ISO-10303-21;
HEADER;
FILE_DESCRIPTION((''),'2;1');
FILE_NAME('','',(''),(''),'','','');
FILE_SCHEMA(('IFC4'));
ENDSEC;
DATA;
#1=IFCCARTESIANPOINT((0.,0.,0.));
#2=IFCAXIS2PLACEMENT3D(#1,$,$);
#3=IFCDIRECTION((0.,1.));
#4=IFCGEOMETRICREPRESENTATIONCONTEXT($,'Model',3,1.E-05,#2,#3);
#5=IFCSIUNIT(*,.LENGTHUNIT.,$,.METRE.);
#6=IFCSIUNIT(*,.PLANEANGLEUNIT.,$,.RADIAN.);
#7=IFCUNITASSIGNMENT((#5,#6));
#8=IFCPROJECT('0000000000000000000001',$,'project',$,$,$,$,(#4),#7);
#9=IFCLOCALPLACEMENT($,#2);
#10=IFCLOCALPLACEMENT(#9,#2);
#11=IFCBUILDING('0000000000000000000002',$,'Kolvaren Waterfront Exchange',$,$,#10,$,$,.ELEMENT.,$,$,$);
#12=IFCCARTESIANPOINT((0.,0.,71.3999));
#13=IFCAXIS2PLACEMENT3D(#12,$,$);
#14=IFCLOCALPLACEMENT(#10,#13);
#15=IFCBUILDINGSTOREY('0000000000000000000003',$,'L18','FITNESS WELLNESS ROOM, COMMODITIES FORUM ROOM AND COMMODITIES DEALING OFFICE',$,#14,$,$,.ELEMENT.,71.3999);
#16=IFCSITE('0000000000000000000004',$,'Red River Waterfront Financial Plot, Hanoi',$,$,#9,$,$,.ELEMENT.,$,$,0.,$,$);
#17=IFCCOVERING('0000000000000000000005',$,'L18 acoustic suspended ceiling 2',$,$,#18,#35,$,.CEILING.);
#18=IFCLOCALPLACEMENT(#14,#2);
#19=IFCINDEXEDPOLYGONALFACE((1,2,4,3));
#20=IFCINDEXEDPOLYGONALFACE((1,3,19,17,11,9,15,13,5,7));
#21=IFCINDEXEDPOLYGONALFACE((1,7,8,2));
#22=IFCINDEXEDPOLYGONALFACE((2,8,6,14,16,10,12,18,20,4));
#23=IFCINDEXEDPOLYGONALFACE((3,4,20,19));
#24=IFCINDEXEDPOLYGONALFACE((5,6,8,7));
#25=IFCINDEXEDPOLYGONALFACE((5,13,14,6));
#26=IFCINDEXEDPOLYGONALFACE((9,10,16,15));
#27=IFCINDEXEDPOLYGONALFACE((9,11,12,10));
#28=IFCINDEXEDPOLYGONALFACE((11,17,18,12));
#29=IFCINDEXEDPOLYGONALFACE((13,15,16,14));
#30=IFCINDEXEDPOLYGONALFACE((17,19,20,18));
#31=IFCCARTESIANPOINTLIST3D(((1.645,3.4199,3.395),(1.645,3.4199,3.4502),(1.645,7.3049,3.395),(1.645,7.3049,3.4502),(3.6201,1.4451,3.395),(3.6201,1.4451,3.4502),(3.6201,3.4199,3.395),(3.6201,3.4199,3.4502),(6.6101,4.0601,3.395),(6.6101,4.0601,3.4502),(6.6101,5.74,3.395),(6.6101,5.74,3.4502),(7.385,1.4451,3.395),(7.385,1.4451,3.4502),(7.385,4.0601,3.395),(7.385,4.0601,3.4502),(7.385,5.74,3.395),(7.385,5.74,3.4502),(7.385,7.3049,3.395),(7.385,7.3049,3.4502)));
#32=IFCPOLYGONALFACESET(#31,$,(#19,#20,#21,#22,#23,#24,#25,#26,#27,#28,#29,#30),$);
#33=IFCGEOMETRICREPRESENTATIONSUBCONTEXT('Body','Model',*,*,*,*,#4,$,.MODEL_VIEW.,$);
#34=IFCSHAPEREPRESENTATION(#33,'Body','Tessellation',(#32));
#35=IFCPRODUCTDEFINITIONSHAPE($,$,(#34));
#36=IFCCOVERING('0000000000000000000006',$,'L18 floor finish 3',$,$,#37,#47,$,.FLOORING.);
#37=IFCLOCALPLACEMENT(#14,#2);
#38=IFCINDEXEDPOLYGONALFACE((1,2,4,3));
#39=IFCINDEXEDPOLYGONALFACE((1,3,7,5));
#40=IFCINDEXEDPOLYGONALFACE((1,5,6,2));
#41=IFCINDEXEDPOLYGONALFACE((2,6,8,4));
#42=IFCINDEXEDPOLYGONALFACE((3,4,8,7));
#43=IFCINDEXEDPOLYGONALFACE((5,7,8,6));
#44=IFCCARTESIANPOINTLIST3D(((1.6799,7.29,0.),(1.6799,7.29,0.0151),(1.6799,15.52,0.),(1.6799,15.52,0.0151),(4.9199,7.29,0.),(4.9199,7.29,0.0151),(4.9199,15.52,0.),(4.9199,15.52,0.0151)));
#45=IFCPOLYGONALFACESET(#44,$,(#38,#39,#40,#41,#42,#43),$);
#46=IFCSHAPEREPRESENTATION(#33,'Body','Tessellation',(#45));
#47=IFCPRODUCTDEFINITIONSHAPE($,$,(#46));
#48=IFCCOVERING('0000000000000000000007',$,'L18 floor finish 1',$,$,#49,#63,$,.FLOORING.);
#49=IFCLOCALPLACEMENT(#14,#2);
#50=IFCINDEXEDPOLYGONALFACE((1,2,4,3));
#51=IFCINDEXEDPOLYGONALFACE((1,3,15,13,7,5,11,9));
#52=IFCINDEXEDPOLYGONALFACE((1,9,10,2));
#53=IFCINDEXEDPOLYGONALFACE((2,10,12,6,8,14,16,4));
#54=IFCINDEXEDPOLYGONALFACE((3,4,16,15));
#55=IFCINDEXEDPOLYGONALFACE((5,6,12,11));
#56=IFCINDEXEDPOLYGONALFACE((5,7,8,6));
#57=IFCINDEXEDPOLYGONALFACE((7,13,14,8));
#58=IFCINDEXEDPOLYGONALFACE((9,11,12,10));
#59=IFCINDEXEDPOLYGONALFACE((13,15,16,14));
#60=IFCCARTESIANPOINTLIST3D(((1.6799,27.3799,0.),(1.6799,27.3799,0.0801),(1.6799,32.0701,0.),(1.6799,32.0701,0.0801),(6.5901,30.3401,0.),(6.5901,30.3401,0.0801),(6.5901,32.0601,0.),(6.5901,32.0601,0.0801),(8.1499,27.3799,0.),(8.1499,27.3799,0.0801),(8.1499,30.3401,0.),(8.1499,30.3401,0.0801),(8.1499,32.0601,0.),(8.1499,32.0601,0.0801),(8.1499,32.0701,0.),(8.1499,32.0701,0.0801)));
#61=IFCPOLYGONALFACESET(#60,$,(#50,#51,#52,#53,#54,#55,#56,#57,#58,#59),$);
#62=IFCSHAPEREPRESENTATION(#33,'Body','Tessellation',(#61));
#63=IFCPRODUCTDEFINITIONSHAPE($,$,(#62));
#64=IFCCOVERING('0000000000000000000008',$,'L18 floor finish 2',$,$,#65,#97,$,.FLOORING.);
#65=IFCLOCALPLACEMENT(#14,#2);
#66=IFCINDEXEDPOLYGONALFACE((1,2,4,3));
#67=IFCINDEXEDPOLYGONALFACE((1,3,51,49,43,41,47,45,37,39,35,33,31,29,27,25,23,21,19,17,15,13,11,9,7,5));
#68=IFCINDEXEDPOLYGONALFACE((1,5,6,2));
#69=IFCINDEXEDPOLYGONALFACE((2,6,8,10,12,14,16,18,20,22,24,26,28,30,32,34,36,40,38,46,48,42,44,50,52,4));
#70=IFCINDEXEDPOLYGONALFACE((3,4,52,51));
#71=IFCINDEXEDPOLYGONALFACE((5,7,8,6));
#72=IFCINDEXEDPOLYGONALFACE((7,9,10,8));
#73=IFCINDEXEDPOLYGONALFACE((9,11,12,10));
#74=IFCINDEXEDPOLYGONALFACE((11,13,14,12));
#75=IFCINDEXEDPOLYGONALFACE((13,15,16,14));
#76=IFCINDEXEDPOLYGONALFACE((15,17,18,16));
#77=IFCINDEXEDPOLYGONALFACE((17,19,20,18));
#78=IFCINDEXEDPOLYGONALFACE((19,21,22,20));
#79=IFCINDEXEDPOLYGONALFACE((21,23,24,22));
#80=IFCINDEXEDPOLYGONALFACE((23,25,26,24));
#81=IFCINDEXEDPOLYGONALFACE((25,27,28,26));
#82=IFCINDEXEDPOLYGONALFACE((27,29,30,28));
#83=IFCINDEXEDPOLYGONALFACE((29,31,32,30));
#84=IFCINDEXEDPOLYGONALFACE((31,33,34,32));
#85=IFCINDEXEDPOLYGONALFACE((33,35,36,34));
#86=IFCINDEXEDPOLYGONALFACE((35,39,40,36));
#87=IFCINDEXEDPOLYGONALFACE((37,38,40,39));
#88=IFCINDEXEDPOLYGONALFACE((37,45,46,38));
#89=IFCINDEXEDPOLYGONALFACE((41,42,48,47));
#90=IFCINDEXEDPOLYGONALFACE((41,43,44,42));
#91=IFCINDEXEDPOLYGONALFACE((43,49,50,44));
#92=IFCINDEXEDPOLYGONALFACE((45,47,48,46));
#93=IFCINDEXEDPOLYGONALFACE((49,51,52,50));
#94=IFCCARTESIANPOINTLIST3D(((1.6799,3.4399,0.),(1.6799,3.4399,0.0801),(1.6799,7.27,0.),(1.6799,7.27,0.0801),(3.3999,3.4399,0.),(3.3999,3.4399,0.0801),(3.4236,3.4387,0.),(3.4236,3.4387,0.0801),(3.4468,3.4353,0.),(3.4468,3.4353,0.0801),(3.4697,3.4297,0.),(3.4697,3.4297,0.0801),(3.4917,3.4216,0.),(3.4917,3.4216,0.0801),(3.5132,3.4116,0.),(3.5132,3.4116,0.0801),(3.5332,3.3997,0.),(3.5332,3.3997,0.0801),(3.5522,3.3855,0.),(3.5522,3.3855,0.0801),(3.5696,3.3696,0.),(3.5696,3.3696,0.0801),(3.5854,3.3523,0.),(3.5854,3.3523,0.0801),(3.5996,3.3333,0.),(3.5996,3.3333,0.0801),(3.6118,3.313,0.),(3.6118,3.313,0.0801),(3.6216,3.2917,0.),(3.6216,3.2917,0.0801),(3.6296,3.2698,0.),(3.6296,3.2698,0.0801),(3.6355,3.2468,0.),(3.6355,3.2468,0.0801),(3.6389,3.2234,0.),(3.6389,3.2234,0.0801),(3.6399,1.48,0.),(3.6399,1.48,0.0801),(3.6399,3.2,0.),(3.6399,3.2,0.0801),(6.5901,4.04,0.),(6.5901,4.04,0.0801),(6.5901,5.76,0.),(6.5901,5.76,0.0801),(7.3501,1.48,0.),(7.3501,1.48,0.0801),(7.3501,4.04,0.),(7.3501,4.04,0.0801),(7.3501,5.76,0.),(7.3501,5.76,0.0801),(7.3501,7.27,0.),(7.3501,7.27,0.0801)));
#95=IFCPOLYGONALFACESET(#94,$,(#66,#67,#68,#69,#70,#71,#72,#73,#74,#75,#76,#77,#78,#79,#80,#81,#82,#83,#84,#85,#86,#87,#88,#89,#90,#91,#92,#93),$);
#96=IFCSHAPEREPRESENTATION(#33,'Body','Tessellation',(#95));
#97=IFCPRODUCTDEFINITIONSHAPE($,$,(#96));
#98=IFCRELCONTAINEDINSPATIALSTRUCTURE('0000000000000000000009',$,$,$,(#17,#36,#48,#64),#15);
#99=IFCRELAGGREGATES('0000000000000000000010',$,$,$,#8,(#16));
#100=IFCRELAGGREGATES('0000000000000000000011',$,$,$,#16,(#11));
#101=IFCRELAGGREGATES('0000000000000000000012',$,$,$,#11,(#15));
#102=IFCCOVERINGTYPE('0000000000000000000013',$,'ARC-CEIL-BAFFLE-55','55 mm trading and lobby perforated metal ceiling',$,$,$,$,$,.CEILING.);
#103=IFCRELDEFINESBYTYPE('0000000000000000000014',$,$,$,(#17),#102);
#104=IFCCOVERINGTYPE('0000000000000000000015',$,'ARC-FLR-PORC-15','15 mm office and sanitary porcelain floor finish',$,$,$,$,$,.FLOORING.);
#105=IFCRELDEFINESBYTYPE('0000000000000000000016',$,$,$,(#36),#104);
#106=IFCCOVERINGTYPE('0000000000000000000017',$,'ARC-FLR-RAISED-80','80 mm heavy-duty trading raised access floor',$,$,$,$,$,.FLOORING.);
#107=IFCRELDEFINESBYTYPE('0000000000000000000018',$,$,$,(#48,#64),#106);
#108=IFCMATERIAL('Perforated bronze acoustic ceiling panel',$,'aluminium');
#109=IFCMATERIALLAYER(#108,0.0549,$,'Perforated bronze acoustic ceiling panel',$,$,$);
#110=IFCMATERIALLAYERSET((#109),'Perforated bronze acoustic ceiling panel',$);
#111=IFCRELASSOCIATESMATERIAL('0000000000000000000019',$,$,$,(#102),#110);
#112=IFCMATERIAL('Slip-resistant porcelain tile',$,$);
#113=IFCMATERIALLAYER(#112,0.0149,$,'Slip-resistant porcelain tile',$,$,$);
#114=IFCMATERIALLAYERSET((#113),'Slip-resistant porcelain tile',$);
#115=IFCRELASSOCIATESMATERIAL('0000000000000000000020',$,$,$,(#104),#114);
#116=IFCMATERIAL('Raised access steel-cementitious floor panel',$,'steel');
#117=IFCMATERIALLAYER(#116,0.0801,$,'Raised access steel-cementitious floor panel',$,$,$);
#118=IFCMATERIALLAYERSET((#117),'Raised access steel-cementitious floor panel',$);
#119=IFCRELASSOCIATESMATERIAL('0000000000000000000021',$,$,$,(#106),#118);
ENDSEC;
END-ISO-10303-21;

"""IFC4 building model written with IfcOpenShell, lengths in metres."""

from ifc_helpers import new_model, si_unit, direction, frame, origin, place, context, subcontext, project, spatial, polyline, outline, extrude, material, layer, layer_set, type_object, element, save


model = new_model("IFC4")

# Units and contexts
model_context = context("Model", 3, precision=1e-05, world=origin(), true_north=direction((0.0, 1.0)))
body_context = subcontext(model_context, "Body", "Model", "MODEL_VIEW")
ifc_project = project(units=[si_unit("LENGTHUNIT", "METRE"), si_unit("PLANEANGLEUNIT", "RADIAN")], contexts=[model_context])

# Site, building, storey
site_placement = place(None, origin())
site = spatial("IfcSite", under=ifc_project, at=site_placement, Name="Red River Waterfront Financial Plot, Hanoi", CompositionType="ELEMENT", RefElevation=0.0)
building_placement = place(site_placement, origin())
building = spatial("IfcBuilding", under=site, at=building_placement, Name="Kolvaren Waterfront Exchange", CompositionType="ELEMENT")
storey_placement = place(building_placement, frame((0.0, 0.0, 71.3999)))
storey = spatial("IfcBuildingStorey", under=building, at=storey_placement, Name="L18", Description="FITNESS WELLNESS ROOM, COMMODITIES FORUM ROOM AND COMMODITIES DEALING OFFICE", CompositionType="ELEMENT", Elevation=71.3999)

# Coverings
ifc_material_1 = material(Name="Perforated bronze acoustic ceiling panel", Category="aluminium")
ifc_layer_1 = layer(ifc_material_1, 0.0549, Name="Perforated bronze acoustic ceiling panel")
ifc_layer_set_1 = layer_set([ifc_layer_1], Name="Perforated bronze acoustic ceiling panel")
covering_type_1 = type_object("IfcCoveringType", Name="ARC-CEIL-BAFFLE-55", Description="55 mm trading and lobby perforated metal ceiling", PredefinedType="CEILING", material=ifc_layer_set_1)
covering_1_placement = place(storey_placement, frame((0.0, 0.0, 3.395)))
element("IfcCovering", 1, at=covering_1_placement, inside=storey, type_object=covering_type_1, Name="L18 acoustic suspended ceiling 2", PredefinedType="CEILING", context=body_context, shape_type="SweptSolid", body=[
    extrude(outline(polyline([(7.385, 4.0601), (6.6101, 4.0601), (6.6101, 5.74), (7.385, 5.74), (7.385, 7.3049), (1.645, 7.3049), (1.645, 3.4199), (3.6201, 3.4199), (3.6201, 1.4451), (7.385, 1.4451), (7.385, 4.0601)])), origin(), (0.0, 0.0, 1.0), 0.0552),
])
ifc_material_2 = material(Name="Slip-resistant porcelain tile")
ifc_layer_2 = layer(ifc_material_2, 0.0149, Name="Slip-resistant porcelain tile")
ifc_layer_set_2 = layer_set([ifc_layer_2], Name="Slip-resistant porcelain tile")
covering_type_2 = type_object("IfcCoveringType", Name="ARC-FLR-PORC-15", Description="15 mm office and sanitary porcelain floor finish", PredefinedType="FLOORING", material=ifc_layer_set_2)
covering_2_placement = place(storey_placement, origin())
element("IfcCovering", 2, at=covering_2_placement, inside=storey, type_object=covering_type_2, Name="L18 floor finish 3", PredefinedType="FLOORING", context=body_context, shape_type="SweptSolid", body=[
    extrude(outline(polyline([(4.9199, 15.52), (1.6799, 15.52), (1.6799, 7.29), (4.9199, 7.29), (4.9199, 15.52)])), origin(), (0.0, 0.0, 1.0), 0.0151),
])
ifc_material_3 = material(Name="Raised access steel-cementitious floor panel", Category="steel")
ifc_layer_3 = layer(ifc_material_3, 0.0801, Name="Raised access steel-cementitious floor panel")
ifc_layer_set_3 = layer_set([ifc_layer_3], Name="Raised access steel-cementitious floor panel")
covering_type_3 = type_object("IfcCoveringType", Name="ARC-FLR-RAISED-80", Description="80 mm heavy-duty trading raised access floor", PredefinedType="FLOORING", material=ifc_layer_set_3)
covering_3_placement = place(storey_placement, origin())
element("IfcCovering", 3, at=covering_3_placement, inside=storey, type_object=covering_type_3, Name="L18 floor finish 1", PredefinedType="FLOORING", context=body_context, shape_type="SweptSolid", body=[
    extrude(outline(polyline([(1.6799, 32.0701), (1.6799, 27.3799), (8.1499, 27.3799), (8.1499, 30.3401), (6.5901, 30.3401), (6.5901, 32.0601), (8.1499, 32.0601), (8.1499, 32.0701), (1.6799, 32.0701)])), origin(), (0.0, 0.0, 1.0), 0.0801),
])
covering_4_placement = place(storey_placement, origin())
element("IfcCovering", 4, at=covering_4_placement, inside=storey, type_object=covering_type_3, Name="L18 floor finish 2", PredefinedType="FLOORING", context=body_context, shape_type="SweptSolid", body=[
    extrude(outline(polyline([(7.3501, 7.27), (1.6799, 7.27), (1.6799, 3.4399), (3.3999, 3.4399), (3.4236, 3.4387), (3.4468, 3.4353), (3.4697, 3.4297), (3.4917, 3.4216), (3.5132, 3.4116), (3.5332, 3.3997), (3.5522, 3.3855), (3.5696, 3.3696), (3.5854, 3.3523), (3.5996, 3.3333), (3.6118, 3.313), (3.6216, 3.2917), (3.6296, 3.2698), (3.6355, 3.2468), (3.6389, 3.2234), (3.6399, 3.2), (3.6399, 1.48), (7.3501, 1.48), (7.3501, 4.04), (6.5901, 4.04), (6.5901, 5.76), (7.3501, 5.76), (7.3501, 7.27)])), origin(), (0.0, 0.0, 1.0), 0.0801),
])

save(model, "model.ifc")
